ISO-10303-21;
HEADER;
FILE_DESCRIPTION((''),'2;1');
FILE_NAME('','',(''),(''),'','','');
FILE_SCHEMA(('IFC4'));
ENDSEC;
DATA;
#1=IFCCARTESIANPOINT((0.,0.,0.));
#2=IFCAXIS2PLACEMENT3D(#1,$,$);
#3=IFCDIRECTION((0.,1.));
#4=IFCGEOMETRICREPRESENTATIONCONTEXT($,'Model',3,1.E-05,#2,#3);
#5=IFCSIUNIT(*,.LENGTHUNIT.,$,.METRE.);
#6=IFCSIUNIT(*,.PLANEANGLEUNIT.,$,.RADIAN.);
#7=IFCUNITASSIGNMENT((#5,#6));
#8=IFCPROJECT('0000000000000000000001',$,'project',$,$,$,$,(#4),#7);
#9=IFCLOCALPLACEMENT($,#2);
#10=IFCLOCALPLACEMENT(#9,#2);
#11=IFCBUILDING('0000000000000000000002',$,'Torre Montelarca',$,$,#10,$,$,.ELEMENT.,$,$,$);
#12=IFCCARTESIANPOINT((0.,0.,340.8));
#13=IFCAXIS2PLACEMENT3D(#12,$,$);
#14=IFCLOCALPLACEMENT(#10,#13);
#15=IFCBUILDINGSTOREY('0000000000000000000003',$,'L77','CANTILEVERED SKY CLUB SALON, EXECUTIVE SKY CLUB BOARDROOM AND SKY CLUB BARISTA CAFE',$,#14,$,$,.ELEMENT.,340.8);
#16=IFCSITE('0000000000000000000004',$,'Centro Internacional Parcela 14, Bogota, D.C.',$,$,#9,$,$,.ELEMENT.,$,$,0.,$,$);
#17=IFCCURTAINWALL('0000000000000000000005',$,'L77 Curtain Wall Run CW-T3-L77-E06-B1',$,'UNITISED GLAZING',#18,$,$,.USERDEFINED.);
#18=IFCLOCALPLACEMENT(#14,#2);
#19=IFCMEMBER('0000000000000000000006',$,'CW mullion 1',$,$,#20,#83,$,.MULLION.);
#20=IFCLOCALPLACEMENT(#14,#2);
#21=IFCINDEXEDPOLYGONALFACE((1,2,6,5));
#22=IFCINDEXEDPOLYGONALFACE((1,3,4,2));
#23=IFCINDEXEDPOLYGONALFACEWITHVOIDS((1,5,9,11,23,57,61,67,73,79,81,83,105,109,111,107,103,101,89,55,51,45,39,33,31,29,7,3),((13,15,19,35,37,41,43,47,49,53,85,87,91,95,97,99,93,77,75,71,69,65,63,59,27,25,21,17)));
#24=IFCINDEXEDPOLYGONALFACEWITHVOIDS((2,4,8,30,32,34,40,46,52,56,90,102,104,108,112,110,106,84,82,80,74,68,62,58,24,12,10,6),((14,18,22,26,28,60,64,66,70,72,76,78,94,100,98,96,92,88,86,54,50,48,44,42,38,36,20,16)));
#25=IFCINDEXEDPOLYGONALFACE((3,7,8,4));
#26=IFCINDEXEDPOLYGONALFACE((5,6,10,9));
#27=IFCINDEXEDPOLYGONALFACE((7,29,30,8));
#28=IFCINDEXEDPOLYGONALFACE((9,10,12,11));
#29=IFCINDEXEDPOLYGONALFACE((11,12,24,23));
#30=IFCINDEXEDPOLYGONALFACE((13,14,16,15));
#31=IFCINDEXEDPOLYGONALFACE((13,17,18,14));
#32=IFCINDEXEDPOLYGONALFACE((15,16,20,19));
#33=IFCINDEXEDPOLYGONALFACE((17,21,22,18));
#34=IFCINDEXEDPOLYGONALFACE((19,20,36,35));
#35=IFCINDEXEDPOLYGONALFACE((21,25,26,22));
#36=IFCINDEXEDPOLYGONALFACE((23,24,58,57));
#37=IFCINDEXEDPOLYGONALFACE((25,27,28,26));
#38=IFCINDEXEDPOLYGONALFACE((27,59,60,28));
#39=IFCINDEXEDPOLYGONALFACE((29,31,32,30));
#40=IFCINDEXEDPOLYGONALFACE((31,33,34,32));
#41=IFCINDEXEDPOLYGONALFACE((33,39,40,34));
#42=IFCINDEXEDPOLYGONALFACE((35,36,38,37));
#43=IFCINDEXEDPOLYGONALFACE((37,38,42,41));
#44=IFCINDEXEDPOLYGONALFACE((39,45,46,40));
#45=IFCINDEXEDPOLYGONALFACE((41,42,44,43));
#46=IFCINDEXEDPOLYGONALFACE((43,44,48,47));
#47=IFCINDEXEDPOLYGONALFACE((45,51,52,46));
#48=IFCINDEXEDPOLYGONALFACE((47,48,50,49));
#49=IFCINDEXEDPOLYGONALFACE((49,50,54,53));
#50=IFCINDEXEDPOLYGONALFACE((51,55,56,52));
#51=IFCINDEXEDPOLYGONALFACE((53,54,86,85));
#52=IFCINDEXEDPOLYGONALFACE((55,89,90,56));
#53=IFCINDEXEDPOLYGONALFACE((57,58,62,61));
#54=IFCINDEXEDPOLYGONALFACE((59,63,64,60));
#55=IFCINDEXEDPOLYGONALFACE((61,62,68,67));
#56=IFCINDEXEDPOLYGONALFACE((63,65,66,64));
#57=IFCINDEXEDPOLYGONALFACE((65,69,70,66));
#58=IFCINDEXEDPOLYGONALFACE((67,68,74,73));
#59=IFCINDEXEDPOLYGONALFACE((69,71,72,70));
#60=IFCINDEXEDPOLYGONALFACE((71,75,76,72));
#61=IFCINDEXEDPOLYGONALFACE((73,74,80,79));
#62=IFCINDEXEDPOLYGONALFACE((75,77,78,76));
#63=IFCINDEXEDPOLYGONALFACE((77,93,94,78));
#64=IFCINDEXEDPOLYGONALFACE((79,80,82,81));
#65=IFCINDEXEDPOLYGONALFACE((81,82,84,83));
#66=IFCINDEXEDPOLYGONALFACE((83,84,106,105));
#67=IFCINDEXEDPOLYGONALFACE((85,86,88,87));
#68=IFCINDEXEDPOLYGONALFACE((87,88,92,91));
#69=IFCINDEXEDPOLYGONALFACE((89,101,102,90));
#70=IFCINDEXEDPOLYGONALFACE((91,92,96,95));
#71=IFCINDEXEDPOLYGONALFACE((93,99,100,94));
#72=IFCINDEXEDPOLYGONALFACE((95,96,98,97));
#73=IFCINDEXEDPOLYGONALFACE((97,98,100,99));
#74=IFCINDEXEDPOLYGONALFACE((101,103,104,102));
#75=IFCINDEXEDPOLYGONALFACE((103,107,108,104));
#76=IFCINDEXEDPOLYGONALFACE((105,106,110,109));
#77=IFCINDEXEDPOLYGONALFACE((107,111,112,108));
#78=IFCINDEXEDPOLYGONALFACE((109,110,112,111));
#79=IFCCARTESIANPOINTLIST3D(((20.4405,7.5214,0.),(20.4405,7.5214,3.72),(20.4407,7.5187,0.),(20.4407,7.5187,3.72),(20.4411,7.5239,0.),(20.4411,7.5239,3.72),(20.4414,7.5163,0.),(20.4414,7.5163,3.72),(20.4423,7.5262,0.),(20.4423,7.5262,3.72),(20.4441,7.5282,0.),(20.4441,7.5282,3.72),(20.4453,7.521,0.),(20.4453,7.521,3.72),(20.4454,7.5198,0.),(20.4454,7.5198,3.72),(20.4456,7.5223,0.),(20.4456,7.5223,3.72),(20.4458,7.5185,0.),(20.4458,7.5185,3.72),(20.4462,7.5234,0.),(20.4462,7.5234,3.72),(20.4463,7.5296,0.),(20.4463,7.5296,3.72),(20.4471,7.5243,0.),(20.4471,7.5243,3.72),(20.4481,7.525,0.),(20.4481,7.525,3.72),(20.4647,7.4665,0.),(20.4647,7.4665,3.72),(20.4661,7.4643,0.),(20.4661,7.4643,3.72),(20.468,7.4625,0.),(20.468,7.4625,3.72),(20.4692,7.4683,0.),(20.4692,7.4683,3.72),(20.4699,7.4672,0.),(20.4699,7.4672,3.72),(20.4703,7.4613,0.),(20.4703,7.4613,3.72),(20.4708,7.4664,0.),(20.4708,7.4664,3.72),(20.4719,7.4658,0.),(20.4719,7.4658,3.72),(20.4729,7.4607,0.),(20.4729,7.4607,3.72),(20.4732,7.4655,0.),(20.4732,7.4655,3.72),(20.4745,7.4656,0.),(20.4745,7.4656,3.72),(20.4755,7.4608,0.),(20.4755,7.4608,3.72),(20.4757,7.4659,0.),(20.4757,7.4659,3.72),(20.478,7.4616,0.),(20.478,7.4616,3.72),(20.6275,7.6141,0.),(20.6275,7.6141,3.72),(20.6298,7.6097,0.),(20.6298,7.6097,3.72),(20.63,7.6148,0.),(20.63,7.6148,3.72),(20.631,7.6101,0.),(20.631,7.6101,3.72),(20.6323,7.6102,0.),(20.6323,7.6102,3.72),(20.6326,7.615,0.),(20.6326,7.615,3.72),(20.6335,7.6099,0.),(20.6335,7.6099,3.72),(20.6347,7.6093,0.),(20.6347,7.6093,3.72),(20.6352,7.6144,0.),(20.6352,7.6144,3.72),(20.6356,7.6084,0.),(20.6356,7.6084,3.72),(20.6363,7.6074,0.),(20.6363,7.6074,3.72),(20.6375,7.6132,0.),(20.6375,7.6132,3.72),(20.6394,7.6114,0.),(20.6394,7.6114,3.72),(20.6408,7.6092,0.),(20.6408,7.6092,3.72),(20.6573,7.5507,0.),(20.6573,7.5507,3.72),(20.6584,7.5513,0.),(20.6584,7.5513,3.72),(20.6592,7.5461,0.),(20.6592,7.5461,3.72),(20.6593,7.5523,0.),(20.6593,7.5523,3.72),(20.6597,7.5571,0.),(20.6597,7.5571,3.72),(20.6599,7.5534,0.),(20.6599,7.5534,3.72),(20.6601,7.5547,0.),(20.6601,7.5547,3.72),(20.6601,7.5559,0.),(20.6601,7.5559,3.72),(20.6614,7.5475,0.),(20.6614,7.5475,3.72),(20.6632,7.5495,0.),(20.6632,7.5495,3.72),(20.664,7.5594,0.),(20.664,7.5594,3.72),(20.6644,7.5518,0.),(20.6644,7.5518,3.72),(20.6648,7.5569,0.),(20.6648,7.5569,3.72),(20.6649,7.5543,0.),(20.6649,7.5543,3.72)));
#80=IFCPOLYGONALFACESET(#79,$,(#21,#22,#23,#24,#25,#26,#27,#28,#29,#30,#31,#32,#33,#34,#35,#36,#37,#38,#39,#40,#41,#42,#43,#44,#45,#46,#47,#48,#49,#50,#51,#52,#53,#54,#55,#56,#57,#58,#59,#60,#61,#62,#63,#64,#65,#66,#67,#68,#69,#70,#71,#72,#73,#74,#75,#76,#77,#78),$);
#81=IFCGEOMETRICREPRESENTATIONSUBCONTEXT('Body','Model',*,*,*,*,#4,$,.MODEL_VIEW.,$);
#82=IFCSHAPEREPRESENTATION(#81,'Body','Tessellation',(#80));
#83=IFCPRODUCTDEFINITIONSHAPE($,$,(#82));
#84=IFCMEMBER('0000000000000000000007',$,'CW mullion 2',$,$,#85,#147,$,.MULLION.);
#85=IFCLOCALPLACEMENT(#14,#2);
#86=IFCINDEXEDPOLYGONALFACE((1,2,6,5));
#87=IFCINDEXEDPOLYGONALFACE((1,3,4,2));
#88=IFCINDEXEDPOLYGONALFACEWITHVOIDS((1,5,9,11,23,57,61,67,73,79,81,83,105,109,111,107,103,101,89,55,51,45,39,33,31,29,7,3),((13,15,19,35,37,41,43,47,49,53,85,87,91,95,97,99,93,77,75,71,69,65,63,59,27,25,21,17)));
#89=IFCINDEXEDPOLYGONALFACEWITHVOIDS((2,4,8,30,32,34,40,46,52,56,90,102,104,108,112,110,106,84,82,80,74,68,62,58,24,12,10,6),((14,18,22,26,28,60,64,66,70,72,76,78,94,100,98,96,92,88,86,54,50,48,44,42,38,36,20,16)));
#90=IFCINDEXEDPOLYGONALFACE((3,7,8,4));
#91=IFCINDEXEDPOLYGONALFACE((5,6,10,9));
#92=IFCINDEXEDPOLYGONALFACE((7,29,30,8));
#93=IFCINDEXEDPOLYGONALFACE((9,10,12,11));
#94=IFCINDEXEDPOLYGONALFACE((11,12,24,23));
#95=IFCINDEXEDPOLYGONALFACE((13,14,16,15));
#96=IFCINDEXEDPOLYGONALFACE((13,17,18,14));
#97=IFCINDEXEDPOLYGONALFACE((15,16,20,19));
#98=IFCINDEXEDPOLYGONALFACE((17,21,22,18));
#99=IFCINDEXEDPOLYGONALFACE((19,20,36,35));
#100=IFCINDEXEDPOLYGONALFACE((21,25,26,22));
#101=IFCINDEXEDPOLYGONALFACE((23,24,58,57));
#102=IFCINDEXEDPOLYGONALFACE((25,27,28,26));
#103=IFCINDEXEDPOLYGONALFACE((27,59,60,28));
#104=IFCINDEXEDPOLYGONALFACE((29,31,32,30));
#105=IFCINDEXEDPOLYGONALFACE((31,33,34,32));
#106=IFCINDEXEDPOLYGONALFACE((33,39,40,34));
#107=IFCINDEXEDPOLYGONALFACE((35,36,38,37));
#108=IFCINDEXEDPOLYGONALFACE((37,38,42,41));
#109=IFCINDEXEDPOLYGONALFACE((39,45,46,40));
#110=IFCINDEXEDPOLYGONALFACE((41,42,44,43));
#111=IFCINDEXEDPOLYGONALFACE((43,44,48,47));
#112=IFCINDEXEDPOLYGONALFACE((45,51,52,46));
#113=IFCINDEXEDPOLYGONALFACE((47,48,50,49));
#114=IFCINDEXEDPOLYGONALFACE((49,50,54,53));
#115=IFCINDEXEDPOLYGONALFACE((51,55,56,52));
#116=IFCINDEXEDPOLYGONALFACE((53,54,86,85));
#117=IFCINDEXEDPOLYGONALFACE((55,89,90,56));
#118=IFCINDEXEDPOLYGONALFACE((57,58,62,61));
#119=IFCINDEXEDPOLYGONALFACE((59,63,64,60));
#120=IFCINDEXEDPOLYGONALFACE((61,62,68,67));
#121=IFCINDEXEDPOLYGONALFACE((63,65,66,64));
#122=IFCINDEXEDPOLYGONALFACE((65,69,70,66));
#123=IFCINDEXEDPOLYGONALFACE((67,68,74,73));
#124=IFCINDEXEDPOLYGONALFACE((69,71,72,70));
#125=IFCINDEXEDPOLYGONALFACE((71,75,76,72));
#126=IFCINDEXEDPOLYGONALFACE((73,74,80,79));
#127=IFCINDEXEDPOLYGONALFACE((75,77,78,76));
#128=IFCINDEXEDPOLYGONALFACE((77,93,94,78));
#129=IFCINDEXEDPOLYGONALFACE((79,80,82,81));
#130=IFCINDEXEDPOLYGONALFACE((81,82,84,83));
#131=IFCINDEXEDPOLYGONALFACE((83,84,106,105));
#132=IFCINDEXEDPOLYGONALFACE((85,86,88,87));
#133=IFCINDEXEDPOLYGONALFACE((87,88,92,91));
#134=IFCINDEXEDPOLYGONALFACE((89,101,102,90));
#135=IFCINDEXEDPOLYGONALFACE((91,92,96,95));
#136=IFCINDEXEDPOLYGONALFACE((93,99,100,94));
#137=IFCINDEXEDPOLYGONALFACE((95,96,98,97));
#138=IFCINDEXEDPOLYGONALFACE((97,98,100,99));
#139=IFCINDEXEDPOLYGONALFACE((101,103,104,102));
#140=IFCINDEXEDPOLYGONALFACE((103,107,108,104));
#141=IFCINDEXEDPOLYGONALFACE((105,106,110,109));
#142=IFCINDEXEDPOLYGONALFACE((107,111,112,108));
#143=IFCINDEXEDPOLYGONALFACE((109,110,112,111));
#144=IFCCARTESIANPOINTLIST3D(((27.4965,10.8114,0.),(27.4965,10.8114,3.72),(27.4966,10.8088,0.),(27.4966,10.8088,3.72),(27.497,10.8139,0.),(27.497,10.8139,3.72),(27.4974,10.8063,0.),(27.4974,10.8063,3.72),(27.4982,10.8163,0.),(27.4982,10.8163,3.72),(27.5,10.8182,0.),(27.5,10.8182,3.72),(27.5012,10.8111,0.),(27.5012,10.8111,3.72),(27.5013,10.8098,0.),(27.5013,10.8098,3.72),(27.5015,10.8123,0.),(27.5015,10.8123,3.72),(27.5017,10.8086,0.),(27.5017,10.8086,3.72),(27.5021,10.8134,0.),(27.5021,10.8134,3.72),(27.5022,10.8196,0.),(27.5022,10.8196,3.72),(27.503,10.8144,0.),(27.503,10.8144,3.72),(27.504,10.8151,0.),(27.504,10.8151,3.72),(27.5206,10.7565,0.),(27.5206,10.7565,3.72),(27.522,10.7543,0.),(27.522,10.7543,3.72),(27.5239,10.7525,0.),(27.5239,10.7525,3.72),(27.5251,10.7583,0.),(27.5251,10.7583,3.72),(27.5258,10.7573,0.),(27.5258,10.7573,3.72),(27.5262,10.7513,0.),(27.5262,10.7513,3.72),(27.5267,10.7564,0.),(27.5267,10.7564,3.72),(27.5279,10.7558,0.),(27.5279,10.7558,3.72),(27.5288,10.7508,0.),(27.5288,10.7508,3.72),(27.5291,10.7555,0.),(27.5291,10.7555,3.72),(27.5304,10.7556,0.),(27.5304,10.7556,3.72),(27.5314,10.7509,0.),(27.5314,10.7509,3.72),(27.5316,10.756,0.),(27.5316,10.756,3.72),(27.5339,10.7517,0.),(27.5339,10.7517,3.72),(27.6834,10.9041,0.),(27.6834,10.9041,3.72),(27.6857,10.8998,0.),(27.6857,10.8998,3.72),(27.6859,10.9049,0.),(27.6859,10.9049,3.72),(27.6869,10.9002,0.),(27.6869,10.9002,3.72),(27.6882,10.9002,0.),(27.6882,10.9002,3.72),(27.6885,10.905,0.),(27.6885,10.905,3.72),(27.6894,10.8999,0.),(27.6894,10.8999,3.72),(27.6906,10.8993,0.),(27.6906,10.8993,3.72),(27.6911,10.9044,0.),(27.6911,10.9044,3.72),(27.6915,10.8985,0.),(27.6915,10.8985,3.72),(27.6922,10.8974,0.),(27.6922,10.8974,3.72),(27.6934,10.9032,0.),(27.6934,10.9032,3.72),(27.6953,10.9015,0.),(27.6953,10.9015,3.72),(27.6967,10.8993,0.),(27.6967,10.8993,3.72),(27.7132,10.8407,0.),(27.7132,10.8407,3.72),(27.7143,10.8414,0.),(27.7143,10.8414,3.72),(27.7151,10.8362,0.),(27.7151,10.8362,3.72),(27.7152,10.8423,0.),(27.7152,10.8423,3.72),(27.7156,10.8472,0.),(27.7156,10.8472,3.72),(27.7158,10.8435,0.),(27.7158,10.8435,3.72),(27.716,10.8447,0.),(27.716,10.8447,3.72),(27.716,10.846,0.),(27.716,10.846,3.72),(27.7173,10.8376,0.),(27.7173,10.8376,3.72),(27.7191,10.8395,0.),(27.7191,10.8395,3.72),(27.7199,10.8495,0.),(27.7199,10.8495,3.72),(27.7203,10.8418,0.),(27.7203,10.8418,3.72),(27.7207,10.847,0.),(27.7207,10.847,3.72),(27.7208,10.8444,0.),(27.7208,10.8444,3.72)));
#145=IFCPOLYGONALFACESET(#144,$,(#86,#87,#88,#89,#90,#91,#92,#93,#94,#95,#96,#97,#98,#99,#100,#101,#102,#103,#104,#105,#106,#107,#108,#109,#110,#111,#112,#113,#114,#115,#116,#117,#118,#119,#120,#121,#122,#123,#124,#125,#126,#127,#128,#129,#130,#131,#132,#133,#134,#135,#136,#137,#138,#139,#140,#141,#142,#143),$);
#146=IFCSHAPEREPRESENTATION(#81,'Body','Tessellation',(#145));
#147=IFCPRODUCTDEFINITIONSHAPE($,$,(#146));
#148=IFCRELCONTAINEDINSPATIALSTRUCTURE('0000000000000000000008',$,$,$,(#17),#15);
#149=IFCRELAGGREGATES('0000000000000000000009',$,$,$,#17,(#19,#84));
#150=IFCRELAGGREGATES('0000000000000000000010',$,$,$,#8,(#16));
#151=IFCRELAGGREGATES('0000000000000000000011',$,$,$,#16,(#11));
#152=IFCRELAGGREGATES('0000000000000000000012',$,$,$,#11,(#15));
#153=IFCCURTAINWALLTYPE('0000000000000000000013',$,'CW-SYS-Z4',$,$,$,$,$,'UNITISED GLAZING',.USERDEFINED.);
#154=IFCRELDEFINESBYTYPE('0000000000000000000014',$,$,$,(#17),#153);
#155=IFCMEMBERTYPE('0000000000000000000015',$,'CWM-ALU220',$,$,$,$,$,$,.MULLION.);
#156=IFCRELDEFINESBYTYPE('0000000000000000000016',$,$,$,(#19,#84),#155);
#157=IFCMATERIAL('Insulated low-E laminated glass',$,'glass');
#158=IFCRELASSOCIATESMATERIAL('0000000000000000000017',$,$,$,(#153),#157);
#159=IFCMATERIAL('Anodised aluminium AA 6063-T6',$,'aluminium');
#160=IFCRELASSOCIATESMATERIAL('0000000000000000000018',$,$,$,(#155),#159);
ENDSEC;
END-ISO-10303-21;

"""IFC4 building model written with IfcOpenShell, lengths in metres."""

from ifc_helpers import new_model, si_unit, direction, frame, origin, origin_2d, place, context, subcontext, project, spatial, hollow_rectangle, extrude, source, transform, mapped, material, material_profile, profile_set, type_object, element, aggregate, save


model = new_model("IFC4")

# Units and contexts
model_context = context("Model", 3, precision=1e-05, world=origin(), true_north=direction((0.0, 1.0)))
body_context = subcontext(model_context, "Body", "Model", "MODEL_VIEW")
ifc_project = project(units=[si_unit("LENGTHUNIT", "METRE"), si_unit("PLANEANGLEUNIT", "RADIAN")], contexts=[model_context])

# Site, building, storey
site_placement = place(None, origin())
site = spatial("IfcSite", under=ifc_project, at=site_placement, Name="Centro Internacional Parcela 14, Bogota, D.C.", CompositionType="ELEMENT", RefElevation=0.0)
building_placement = place(site_placement, origin())
building = spatial("IfcBuilding", under=site, at=building_placement, Name="Torre Montelarca", CompositionType="ELEMENT")
storey_placement = place(building_placement, frame((0.0, 0.0, 340.8)))
storey = spatial("IfcBuildingStorey", under=building, at=storey_placement, Name="L77", Description="CANTILEVERED SKY CLUB SALON, EXECUTIVE SKY CLUB BOARDROOM AND SKY CLUB BARISTA CAFE", CompositionType="ELEMENT", Elevation=340.8)

# Curtain wall, members
ifc_material_1 = material(Name="Insulated low-E laminated glass", Category="glass")
curtain_wall_type = type_object("IfcCurtainWallType", Name="CW-SYS-Z4", ElementType="UNITISED GLAZING", PredefinedType="USERDEFINED", material=ifc_material_1)
curtain_wall_placement = place(storey_placement, origin())
curtain_wall = element("IfcCurtainWall", 1, at=curtain_wall_placement, inside=storey, type_object=curtain_wall_type, Name="L77 Curtain Wall Run CW-T3-L77-E06-B1", ObjectType="UNITISED GLAZING", PredefinedType="USERDEFINED")
ifc_material_2 = material(Name="Anodised aluminium AA 6063-T6", Category="aluminium")
ifc_material_profile_1 = material_profile(ifc_material_2, hollow_rectangle(XDim=0.075, YDim=0.22, WallThickness=0.0049, InnerFilletRadius=0.0049, OuterFilletRadius=0.01, at=origin_2d()), Name="ALU75X220X5", Category="aluminium")
ifc_profile_set_1 = profile_set([ifc_material_profile_1], Name="Anodised aluminium AA 6063-T6")
member_type_1 = type_object("IfcMemberType", Name="CWM-ALU220", PredefinedType="MULLION", material=ifc_profile_set_1)
shared_shape_1 = source(origin(), body_context, "Body", "SweptSolid", [
    extrude(hollow_rectangle(XDim=0.075, YDim=0.22, WallThickness=0.0049, InnerFilletRadius=0.0049, OuterFilletRadius=0.01, at=origin_2d()), origin(), (0.0, 0.0, 1.0), 3.72),
])
member_1_placement = place(storey_placement, frame((20.5527, 7.5378, 0.0), z_axis=(0.0, 0.0, 1.0), x_axis=(-0.422612, 0.906311, 0.0)))
member_1 = element("IfcMember", 2, at=member_1_placement, type_object=member_type_1, Name="CW mullion 1", PredefinedType="MULLION", context=body_context, shape_type="MappedRepresentation", body=[
    mapped(shared_shape_1, transform((0.0, 0.0, 0.0), scale=1.0)),
])
member_2_placement = place(storey_placement, frame((27.6086, 10.8279, 0.0), z_axis=(0.0, 0.0, 1.0), x_axis=(-0.422612, 0.906311, 0.0)))
member_2 = element("IfcMember", 3, at=member_2_placement, type_object=member_type_1, Name="CW mullion 2", PredefinedType="MULLION", context=body_context, shape_type="MappedRepresentation", body=[
    mapped(shared_shape_1, transform((0.0, 0.0, 0.0), scale=1.0)),
])
aggregate(curtain_wall, [member_1, member_2])

save(model, "model.ifc")
